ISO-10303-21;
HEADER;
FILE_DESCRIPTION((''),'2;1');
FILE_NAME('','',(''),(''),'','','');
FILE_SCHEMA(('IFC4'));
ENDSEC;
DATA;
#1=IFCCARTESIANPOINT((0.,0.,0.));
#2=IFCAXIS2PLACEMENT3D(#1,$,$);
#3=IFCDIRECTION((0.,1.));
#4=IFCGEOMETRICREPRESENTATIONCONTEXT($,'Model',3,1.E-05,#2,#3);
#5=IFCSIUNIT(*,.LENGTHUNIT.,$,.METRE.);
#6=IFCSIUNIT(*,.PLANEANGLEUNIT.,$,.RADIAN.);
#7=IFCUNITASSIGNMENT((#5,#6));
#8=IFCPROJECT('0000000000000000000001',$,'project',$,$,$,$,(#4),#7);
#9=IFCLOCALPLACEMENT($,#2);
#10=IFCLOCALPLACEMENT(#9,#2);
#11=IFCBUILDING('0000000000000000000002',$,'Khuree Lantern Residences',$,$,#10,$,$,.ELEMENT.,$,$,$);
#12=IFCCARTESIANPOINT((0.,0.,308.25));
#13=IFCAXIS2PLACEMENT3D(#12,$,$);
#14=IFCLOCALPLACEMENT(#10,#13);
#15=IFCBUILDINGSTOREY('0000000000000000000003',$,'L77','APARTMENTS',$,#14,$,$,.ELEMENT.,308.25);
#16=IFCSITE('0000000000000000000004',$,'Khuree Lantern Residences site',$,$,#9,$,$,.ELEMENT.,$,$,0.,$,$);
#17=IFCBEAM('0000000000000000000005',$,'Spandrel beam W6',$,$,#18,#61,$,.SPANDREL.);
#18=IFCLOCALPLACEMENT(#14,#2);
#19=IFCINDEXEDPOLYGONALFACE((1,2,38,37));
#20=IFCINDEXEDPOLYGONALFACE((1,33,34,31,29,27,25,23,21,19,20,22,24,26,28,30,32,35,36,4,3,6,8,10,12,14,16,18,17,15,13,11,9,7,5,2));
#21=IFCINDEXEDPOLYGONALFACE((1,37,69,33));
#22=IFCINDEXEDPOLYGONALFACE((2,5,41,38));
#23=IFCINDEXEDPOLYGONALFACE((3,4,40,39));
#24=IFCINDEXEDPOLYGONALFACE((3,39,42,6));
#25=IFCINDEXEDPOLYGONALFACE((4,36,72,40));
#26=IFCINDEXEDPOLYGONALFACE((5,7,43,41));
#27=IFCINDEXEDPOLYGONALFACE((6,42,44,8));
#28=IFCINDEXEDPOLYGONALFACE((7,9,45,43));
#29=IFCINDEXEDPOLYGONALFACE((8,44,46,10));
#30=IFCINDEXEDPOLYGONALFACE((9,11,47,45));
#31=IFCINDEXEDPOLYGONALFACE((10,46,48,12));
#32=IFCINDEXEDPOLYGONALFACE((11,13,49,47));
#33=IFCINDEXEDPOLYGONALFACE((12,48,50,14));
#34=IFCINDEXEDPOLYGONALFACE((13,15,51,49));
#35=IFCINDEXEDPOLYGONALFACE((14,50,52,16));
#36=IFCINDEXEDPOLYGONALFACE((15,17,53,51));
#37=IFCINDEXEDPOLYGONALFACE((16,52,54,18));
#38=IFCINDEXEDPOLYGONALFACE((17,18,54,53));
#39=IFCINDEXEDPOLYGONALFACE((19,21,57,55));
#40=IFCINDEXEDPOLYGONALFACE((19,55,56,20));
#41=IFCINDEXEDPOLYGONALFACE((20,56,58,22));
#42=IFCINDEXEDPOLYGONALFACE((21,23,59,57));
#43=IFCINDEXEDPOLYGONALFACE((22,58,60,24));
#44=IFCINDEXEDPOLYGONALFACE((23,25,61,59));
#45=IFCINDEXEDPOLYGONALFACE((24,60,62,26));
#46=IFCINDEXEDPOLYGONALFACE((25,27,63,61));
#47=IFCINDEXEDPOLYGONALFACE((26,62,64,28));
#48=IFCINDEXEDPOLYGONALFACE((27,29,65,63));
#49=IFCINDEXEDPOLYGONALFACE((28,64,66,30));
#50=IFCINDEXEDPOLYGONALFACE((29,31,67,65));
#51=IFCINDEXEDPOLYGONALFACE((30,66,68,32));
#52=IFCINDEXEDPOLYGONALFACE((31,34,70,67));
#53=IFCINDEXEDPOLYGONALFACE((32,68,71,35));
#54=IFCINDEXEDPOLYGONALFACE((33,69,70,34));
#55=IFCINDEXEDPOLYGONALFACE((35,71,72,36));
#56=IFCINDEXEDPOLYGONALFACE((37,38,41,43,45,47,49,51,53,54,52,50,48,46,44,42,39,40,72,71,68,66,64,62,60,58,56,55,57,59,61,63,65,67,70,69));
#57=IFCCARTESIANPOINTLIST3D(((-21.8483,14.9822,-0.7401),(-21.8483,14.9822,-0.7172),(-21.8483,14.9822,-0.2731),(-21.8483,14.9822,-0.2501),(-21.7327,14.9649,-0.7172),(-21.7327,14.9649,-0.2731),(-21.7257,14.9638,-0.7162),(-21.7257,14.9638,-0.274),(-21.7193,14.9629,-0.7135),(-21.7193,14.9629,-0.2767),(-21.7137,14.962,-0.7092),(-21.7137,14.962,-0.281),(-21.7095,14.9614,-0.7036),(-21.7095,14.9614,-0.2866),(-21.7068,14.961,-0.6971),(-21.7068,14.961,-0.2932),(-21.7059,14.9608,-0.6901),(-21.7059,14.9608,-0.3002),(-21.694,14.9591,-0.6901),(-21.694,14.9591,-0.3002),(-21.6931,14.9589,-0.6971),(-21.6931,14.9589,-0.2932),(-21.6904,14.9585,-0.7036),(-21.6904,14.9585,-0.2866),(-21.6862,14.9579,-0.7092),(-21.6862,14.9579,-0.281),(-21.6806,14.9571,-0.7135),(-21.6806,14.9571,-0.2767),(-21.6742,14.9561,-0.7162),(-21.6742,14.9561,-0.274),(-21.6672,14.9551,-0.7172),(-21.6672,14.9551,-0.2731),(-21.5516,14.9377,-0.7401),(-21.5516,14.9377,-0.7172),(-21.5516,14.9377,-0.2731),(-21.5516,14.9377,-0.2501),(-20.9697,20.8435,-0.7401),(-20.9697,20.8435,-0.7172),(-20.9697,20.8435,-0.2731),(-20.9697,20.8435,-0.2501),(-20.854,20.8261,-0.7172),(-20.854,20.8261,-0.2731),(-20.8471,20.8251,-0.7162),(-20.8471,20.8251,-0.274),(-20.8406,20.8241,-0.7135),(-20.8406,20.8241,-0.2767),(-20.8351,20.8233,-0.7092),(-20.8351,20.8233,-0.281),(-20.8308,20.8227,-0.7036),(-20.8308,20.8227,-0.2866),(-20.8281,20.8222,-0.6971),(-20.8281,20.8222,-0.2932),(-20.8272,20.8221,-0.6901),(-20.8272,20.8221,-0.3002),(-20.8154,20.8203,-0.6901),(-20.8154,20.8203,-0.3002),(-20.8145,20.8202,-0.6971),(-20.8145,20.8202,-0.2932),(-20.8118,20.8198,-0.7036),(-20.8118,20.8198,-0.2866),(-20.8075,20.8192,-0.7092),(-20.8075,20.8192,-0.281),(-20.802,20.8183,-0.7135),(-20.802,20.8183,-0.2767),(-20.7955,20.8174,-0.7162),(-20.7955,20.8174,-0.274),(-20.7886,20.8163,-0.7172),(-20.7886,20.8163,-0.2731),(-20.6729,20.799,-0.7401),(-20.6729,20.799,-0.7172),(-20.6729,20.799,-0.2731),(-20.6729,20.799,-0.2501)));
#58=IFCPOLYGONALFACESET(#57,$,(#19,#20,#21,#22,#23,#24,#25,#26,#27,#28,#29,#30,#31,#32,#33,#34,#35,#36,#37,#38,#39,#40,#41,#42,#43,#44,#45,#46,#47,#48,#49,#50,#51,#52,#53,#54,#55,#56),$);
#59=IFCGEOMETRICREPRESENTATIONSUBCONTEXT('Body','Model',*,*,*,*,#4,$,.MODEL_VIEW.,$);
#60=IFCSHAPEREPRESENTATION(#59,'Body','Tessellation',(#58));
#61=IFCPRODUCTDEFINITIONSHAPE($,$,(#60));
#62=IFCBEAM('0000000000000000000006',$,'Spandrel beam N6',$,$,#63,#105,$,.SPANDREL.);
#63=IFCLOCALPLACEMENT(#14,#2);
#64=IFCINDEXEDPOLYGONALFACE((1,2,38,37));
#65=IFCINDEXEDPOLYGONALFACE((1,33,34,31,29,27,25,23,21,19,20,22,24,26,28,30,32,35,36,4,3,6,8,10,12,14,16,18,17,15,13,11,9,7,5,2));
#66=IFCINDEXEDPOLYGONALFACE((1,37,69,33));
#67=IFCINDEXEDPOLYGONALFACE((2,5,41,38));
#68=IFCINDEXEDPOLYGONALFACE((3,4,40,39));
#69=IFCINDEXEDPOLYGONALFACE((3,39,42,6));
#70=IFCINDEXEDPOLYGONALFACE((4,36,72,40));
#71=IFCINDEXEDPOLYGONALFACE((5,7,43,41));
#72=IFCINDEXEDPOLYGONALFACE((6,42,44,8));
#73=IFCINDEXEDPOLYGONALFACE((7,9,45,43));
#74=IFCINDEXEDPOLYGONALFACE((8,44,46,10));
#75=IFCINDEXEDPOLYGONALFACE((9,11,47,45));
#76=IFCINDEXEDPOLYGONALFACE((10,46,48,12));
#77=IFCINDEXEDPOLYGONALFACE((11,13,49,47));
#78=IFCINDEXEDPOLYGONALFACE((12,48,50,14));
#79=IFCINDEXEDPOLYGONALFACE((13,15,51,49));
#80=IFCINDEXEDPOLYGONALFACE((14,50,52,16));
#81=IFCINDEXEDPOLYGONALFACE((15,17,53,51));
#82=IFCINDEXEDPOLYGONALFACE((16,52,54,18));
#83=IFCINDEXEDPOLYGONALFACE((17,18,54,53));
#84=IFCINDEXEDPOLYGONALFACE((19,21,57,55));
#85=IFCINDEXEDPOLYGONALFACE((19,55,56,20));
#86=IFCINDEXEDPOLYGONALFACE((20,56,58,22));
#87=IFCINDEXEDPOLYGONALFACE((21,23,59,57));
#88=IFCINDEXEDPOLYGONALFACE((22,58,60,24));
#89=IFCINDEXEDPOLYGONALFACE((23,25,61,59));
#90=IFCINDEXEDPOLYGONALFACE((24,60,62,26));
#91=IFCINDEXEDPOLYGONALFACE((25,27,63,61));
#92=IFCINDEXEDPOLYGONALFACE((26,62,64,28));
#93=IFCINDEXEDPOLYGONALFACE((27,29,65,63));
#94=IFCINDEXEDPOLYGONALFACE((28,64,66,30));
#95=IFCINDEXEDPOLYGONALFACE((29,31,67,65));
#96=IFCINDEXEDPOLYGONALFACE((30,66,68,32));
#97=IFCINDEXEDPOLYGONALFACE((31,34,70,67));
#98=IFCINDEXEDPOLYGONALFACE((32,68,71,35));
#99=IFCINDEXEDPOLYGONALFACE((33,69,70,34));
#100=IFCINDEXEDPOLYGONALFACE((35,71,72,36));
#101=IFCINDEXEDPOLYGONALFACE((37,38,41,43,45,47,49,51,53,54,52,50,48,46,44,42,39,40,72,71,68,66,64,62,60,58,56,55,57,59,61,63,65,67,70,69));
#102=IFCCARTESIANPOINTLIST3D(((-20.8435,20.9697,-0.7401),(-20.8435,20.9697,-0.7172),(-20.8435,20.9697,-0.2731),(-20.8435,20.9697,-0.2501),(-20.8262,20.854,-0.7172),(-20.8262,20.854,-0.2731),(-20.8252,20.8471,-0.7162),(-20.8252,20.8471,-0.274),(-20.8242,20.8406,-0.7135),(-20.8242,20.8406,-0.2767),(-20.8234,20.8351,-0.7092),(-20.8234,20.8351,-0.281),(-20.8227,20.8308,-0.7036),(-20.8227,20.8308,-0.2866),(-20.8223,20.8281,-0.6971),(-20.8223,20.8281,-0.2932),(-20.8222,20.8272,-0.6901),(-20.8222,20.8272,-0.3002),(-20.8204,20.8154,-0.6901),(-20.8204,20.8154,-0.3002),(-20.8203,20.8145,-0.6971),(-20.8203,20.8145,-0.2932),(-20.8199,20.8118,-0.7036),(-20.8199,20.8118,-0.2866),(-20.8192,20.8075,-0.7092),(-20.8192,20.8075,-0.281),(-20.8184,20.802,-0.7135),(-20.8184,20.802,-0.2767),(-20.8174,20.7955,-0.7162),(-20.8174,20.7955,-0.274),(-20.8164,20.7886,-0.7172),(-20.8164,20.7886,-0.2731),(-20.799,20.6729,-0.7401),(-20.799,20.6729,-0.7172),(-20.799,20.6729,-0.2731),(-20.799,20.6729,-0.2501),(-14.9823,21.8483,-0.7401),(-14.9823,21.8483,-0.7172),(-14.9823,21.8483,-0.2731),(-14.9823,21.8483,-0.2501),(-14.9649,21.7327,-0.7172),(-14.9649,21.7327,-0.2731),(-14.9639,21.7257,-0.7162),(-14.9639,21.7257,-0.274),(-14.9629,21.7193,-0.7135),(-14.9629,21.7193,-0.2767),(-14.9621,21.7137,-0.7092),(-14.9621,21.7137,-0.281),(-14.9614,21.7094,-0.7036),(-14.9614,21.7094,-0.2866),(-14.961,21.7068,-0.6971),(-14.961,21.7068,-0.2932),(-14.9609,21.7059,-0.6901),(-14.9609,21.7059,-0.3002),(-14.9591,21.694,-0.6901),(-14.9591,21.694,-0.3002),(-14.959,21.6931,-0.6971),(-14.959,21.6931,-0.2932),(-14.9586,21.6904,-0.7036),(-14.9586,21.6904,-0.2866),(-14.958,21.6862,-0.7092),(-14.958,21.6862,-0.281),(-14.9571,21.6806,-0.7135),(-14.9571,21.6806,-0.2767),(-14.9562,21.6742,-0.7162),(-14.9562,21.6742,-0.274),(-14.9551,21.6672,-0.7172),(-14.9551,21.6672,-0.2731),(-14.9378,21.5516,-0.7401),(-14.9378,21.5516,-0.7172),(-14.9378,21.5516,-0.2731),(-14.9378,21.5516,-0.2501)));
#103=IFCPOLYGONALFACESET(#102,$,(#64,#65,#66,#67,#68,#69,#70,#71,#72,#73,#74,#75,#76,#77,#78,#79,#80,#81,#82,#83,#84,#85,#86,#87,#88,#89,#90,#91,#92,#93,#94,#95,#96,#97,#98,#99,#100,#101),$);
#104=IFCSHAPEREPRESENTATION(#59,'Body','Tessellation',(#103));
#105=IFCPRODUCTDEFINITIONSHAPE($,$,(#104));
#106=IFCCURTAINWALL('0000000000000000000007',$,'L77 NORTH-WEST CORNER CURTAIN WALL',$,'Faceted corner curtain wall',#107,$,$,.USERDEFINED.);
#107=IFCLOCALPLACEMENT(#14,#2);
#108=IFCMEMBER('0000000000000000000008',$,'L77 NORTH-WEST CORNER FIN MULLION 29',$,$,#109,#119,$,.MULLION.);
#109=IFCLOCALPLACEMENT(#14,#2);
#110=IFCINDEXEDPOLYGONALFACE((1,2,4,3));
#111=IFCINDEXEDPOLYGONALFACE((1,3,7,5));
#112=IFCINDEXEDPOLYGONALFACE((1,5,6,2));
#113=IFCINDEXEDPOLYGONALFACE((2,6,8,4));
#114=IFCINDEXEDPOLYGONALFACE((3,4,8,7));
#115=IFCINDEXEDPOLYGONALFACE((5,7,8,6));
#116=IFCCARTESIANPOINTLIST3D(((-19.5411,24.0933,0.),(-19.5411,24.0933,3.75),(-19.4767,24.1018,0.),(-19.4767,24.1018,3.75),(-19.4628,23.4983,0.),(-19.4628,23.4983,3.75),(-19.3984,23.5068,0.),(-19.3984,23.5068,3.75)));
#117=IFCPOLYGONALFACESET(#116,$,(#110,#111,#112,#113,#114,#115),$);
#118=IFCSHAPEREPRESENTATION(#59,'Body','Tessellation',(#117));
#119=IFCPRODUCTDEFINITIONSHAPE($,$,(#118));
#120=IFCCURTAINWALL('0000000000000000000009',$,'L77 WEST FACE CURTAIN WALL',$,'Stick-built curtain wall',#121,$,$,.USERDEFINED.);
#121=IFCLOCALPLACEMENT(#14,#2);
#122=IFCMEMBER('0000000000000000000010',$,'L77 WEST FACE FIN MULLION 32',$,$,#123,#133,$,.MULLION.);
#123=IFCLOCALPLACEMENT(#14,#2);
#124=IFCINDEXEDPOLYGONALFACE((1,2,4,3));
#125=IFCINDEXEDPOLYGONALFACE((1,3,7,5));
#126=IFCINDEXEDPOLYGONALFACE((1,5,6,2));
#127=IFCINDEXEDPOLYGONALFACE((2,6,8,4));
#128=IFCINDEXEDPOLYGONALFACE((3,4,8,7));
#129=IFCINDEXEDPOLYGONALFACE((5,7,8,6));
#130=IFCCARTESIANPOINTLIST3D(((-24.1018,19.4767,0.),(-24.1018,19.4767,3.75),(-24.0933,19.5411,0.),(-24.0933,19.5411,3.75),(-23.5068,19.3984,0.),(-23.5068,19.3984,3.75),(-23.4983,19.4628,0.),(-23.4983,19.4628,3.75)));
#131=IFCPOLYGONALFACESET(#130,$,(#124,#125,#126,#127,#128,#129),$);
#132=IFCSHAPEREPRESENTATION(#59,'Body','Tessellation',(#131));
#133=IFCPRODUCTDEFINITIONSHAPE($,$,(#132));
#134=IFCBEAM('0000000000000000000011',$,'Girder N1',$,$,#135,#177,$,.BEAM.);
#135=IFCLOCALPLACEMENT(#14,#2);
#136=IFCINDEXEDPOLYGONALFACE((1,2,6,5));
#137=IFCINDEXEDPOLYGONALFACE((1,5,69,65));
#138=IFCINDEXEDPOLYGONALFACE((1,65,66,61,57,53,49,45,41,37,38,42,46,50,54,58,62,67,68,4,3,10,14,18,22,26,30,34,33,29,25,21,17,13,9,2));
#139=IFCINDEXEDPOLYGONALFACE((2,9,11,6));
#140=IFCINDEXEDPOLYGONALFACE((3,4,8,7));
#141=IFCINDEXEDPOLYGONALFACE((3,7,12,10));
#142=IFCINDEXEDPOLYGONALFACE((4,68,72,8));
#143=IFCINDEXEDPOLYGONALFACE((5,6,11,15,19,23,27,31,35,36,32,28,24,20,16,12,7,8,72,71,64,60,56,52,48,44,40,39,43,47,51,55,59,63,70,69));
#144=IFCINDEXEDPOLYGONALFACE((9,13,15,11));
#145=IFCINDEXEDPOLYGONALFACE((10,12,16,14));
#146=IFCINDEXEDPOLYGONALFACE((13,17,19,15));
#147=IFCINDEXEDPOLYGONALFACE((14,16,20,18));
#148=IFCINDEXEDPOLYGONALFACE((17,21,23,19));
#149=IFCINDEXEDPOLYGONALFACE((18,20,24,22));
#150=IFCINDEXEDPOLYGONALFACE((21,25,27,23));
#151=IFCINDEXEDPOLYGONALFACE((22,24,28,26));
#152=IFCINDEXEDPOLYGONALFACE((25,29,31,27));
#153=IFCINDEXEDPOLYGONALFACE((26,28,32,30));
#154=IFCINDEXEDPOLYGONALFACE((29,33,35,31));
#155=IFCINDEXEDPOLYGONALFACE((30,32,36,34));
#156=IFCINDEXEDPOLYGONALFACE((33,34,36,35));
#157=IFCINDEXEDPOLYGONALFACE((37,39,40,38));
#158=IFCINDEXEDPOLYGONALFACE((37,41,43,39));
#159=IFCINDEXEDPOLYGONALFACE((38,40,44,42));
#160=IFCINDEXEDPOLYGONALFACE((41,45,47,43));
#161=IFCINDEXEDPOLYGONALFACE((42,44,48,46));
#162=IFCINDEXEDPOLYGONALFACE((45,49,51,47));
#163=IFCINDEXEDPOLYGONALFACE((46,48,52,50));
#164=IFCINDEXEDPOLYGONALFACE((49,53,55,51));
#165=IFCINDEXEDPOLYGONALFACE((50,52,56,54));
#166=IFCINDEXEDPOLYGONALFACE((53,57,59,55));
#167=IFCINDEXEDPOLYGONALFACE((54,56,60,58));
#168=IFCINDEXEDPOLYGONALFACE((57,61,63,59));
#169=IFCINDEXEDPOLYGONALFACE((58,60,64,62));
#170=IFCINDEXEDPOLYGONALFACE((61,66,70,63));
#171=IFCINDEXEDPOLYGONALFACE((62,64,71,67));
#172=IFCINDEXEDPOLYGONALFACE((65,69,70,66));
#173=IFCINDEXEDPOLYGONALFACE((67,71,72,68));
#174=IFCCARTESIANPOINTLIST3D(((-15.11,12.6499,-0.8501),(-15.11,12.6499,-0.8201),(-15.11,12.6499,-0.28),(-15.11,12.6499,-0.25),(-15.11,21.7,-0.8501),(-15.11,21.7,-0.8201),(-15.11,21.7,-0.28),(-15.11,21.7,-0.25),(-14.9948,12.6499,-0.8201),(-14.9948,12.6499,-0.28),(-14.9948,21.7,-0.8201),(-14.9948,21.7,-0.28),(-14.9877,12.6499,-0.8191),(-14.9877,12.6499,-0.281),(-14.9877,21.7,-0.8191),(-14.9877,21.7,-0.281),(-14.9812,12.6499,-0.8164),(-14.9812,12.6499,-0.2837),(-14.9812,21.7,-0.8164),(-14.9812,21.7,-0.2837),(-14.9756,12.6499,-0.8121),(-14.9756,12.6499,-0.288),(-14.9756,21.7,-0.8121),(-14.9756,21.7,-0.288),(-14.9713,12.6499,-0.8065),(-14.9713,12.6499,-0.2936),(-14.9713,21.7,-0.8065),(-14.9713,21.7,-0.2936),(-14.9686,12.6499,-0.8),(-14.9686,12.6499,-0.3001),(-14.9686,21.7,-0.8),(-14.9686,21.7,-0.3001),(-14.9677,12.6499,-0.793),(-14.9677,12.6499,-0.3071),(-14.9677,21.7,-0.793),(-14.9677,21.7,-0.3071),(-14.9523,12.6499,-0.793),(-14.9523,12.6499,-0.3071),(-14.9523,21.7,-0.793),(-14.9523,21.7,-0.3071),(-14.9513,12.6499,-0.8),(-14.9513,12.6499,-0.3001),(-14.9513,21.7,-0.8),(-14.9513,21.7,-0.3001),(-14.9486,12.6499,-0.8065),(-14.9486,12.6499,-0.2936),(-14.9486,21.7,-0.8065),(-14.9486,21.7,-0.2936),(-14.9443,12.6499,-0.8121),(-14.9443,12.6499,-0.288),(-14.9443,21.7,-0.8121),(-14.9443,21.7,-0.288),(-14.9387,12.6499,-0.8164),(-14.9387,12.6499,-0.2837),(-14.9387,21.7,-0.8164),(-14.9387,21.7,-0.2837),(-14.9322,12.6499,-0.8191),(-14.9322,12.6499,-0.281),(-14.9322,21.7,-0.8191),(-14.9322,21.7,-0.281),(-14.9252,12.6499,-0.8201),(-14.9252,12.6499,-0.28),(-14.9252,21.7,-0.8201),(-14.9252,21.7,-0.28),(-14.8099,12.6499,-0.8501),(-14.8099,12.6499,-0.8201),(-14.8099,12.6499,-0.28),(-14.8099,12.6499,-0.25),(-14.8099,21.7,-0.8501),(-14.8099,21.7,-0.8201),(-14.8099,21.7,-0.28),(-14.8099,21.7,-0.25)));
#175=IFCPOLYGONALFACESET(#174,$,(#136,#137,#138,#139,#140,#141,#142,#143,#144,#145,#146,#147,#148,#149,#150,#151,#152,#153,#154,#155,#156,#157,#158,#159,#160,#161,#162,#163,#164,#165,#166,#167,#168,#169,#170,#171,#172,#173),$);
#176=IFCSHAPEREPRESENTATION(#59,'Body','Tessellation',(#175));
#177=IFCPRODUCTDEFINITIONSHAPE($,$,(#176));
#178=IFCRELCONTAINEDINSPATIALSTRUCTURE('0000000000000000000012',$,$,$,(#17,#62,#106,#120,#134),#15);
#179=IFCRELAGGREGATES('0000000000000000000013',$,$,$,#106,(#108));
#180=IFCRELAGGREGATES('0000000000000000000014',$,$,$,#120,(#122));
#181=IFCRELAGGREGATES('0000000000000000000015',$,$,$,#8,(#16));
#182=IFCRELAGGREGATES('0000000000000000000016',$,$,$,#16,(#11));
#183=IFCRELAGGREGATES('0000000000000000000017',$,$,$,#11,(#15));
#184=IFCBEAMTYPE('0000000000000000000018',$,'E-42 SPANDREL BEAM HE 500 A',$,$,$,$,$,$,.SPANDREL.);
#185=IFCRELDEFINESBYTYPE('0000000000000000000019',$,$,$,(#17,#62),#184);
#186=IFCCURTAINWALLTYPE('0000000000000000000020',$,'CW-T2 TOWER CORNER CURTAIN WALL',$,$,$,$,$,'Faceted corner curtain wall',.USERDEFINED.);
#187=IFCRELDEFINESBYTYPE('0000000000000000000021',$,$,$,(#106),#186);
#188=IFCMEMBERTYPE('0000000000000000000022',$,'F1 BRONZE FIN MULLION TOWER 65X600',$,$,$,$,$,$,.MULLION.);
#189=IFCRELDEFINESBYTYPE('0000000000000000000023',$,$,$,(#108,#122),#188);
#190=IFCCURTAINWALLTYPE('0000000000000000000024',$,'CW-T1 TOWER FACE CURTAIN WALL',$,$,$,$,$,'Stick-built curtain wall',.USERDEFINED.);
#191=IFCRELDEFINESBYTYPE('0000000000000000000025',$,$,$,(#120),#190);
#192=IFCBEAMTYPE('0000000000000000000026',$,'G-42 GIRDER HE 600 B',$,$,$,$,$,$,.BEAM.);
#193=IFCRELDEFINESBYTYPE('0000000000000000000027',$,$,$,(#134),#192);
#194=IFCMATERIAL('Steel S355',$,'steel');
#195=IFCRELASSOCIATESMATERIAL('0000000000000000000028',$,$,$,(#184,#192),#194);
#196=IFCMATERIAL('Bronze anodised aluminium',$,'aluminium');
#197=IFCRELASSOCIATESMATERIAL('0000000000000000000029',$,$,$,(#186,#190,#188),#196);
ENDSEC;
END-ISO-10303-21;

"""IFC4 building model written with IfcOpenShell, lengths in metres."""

from ifc_helpers import new_model, si_unit, direction, frame, origin, origin_2d, place, context, subcontext, project, spatial, rectangle, i_section, extrude, material, material_profile, profile_set, type_object, element, aggregate, save


model = new_model("IFC4")

# Units and contexts
model_context = context("Model", 3, precision=1e-05, world=origin(), true_north=direction((0.0, 1.0)))
body_context = subcontext(model_context, "Body", "Model", "MODEL_VIEW")
ifc_project = project(units=[si_unit("LENGTHUNIT", "METRE"), si_unit("PLANEANGLEUNIT", "RADIAN")], contexts=[model_context])

# Site, building, storey
site_placement = place(None, origin())
site = spatial("IfcSite", under=ifc_project, at=site_placement, Name="Khuree Lantern Residences site", CompositionType="ELEMENT", RefElevation=0.0)
building_placement = place(site_placement, origin())
building = spatial("IfcBuilding", under=site, at=building_placement, Name="Khuree Lantern Residences", CompositionType="ELEMENT")
storey_placement = place(building_placement, frame((0.0, 0.0, 308.25)))
storey = spatial("IfcBuildingStorey", under=building, at=storey_placement, Name="L77", Description="APARTMENTS", CompositionType="ELEMENT", Elevation=308.25)

# Beams
ifc_material_1 = material(Name="Steel S355", Category="steel")
ifc_material_profile_1 = material_profile(ifc_material_1, i_section(OverallWidth=0.3, OverallDepth=0.49, WebThickness=0.012, FlangeThickness=0.0229, FilletRadius=0.0271, at=origin_2d()), Name="HE 500 A")
ifc_profile_set_1 = profile_set([ifc_material_profile_1], Name="Steel S355")
beam_type_1 = type_object("IfcBeamType", Name="E-42 SPANDREL BEAM HE 500 A", PredefinedType="SPANDREL", material=ifc_profile_set_1)
for number, where, z_axis, x_axis, name in (
    (1, (-21.7, 14.96, -0.4951), (0.148252, 0.98895, 0.0), (-0.98895, 0.148252, 0.0), "Spandrel beam W6"),
    (2, (-20.8213, 20.8213, -0.4951), (0.98895, 0.148252, 0.0), (-0.148252, 0.98895, 0.0), "Spandrel beam N6"),
):
    element("IfcBeam", number, at=place(storey_placement, frame(where, z_axis=z_axis, x_axis=x_axis)), inside=storey, type_object=beam_type_1, Name=name, PredefinedType="SPANDREL", context=body_context, shape_type="SweptSolid", body=[
        extrude(i_section(OverallWidth=0.3, OverallDepth=0.49, WebThickness=0.012, FlangeThickness=0.0229, FilletRadius=0.0271, at=origin_2d()), origin(), (0.0, 0.0, 1.0), 5.9268),
    ])

# Curtain walls, members
ifc_material_2 = material(Name="Bronze anodised aluminium", Category="aluminium")
curtain_wall_type_1 = type_object("IfcCurtainWallType", Name="CW-T2 TOWER CORNER CURTAIN WALL", ElementType="Faceted corner curtain wall", PredefinedType="USERDEFINED", material=ifc_material_2)
curtain_wall_1_placement = place(storey_placement, origin())
curtain_wall_1 = element("IfcCurtainWall", 3, at=curtain_wall_1_placement, inside=storey, type_object=curtain_wall_type_1, Name="L77 NORTH-WEST CORNER CURTAIN WALL", ObjectType="Faceted corner curtain wall", PredefinedType="USERDEFINED")
ifc_material_profile_2 = material_profile(ifc_material_2, rectangle(XDim=0.0649, YDim=0.6001, at=origin_2d()), Name="F1 65X600")
ifc_profile_set_2 = profile_set([ifc_material_profile_2], Name="Bronze anodised aluminium")
member_type_1 = type_object("IfcMemberType", Name="F1 BRONZE FIN MULLION TOWER 65X600", PredefinedType="MULLION", material=ifc_profile_set_2)
member_1_placement = place(storey_placement, frame((-19.4697, 23.8, 0.0), z_axis=(0.0, 0.0, 1.0), x_axis=(-0.991445, -0.130526, 0.0)))
member_1 = element("IfcMember", 4, at=member_1_placement, type_object=member_type_1, Name="L77 NORTH-WEST CORNER FIN MULLION 29", PredefinedType="MULLION", context=body_context, shape_type="SweptSolid", body=[
    extrude(rectangle(XDim=0.0649, YDim=0.6001, at=origin_2d()), origin(), (0.0, 0.0, 1.0), 3.75),
])
curtain_wall_type_2 = type_object("IfcCurtainWallType", Name="CW-T1 TOWER FACE CURTAIN WALL", ElementType="Stick-built curtain wall", PredefinedType="USERDEFINED", material=ifc_material_2)
curtain_wall_2_placement = place(storey_placement, origin())
curtain_wall_2 = element("IfcCurtainWall", 5, at=curtain_wall_2_placement, inside=storey, type_object=curtain_wall_type_2, Name="L77 WEST FACE CURTAIN WALL", ObjectType="Stick-built curtain wall", PredefinedType="USERDEFINED")
member_2_placement = place(storey_placement, frame((-23.8, 19.4697, 0.0), z_axis=(0.0, 0.0, 1.0), x_axis=(-0.130526, -0.991445, 0.0)))
member_2 = element("IfcMember", 6, at=member_2_placement, type_object=member_type_1, Name="L77 WEST FACE FIN MULLION 32", PredefinedType="MULLION", context=body_context, shape_type="SweptSolid", body=[
    extrude(rectangle(XDim=0.0649, YDim=0.6001, at=origin_2d()), origin(), (0.0, 0.0, 1.0), 3.75),
])

# Beam
ifc_material_profile_3 = material_profile(ifc_material_1, i_section(OverallWidth=0.3, OverallDepth=0.6001, WebThickness=0.0154, FlangeThickness=0.03, FilletRadius=0.0271, at=origin_2d()), Name="HE 600 B")
ifc_profile_set_3 = profile_set([ifc_material_profile_3], Name="Steel S355")
beam_type_2 = type_object("IfcBeamType", Name="G-42 GIRDER HE 600 B", PredefinedType="BEAM", material=ifc_profile_set_3)
beam_1_placement = place(storey_placement, frame((-14.96, 21.7, -0.55), z_axis=(0.0, -1.0, 0.0), x_axis=(1.0, 0.0, 0.0)))
element("IfcBeam", 7, at=beam_1_placement, inside=storey, type_object=beam_type_2, Name="Girder N1", PredefinedType="BEAM", context=body_context, shape_type="SweptSolid", body=[
    extrude(i_section(OverallWidth=0.3, OverallDepth=0.6001, WebThickness=0.0154, FlangeThickness=0.03, FilletRadius=0.0271, at=origin_2d()), origin(), (0.0, 0.0, 1.0), 9.05),
])

aggregate(curtain_wall_1, [member_1])
aggregate(curtain_wall_2, [member_2])

save(model, "model.ifc")
